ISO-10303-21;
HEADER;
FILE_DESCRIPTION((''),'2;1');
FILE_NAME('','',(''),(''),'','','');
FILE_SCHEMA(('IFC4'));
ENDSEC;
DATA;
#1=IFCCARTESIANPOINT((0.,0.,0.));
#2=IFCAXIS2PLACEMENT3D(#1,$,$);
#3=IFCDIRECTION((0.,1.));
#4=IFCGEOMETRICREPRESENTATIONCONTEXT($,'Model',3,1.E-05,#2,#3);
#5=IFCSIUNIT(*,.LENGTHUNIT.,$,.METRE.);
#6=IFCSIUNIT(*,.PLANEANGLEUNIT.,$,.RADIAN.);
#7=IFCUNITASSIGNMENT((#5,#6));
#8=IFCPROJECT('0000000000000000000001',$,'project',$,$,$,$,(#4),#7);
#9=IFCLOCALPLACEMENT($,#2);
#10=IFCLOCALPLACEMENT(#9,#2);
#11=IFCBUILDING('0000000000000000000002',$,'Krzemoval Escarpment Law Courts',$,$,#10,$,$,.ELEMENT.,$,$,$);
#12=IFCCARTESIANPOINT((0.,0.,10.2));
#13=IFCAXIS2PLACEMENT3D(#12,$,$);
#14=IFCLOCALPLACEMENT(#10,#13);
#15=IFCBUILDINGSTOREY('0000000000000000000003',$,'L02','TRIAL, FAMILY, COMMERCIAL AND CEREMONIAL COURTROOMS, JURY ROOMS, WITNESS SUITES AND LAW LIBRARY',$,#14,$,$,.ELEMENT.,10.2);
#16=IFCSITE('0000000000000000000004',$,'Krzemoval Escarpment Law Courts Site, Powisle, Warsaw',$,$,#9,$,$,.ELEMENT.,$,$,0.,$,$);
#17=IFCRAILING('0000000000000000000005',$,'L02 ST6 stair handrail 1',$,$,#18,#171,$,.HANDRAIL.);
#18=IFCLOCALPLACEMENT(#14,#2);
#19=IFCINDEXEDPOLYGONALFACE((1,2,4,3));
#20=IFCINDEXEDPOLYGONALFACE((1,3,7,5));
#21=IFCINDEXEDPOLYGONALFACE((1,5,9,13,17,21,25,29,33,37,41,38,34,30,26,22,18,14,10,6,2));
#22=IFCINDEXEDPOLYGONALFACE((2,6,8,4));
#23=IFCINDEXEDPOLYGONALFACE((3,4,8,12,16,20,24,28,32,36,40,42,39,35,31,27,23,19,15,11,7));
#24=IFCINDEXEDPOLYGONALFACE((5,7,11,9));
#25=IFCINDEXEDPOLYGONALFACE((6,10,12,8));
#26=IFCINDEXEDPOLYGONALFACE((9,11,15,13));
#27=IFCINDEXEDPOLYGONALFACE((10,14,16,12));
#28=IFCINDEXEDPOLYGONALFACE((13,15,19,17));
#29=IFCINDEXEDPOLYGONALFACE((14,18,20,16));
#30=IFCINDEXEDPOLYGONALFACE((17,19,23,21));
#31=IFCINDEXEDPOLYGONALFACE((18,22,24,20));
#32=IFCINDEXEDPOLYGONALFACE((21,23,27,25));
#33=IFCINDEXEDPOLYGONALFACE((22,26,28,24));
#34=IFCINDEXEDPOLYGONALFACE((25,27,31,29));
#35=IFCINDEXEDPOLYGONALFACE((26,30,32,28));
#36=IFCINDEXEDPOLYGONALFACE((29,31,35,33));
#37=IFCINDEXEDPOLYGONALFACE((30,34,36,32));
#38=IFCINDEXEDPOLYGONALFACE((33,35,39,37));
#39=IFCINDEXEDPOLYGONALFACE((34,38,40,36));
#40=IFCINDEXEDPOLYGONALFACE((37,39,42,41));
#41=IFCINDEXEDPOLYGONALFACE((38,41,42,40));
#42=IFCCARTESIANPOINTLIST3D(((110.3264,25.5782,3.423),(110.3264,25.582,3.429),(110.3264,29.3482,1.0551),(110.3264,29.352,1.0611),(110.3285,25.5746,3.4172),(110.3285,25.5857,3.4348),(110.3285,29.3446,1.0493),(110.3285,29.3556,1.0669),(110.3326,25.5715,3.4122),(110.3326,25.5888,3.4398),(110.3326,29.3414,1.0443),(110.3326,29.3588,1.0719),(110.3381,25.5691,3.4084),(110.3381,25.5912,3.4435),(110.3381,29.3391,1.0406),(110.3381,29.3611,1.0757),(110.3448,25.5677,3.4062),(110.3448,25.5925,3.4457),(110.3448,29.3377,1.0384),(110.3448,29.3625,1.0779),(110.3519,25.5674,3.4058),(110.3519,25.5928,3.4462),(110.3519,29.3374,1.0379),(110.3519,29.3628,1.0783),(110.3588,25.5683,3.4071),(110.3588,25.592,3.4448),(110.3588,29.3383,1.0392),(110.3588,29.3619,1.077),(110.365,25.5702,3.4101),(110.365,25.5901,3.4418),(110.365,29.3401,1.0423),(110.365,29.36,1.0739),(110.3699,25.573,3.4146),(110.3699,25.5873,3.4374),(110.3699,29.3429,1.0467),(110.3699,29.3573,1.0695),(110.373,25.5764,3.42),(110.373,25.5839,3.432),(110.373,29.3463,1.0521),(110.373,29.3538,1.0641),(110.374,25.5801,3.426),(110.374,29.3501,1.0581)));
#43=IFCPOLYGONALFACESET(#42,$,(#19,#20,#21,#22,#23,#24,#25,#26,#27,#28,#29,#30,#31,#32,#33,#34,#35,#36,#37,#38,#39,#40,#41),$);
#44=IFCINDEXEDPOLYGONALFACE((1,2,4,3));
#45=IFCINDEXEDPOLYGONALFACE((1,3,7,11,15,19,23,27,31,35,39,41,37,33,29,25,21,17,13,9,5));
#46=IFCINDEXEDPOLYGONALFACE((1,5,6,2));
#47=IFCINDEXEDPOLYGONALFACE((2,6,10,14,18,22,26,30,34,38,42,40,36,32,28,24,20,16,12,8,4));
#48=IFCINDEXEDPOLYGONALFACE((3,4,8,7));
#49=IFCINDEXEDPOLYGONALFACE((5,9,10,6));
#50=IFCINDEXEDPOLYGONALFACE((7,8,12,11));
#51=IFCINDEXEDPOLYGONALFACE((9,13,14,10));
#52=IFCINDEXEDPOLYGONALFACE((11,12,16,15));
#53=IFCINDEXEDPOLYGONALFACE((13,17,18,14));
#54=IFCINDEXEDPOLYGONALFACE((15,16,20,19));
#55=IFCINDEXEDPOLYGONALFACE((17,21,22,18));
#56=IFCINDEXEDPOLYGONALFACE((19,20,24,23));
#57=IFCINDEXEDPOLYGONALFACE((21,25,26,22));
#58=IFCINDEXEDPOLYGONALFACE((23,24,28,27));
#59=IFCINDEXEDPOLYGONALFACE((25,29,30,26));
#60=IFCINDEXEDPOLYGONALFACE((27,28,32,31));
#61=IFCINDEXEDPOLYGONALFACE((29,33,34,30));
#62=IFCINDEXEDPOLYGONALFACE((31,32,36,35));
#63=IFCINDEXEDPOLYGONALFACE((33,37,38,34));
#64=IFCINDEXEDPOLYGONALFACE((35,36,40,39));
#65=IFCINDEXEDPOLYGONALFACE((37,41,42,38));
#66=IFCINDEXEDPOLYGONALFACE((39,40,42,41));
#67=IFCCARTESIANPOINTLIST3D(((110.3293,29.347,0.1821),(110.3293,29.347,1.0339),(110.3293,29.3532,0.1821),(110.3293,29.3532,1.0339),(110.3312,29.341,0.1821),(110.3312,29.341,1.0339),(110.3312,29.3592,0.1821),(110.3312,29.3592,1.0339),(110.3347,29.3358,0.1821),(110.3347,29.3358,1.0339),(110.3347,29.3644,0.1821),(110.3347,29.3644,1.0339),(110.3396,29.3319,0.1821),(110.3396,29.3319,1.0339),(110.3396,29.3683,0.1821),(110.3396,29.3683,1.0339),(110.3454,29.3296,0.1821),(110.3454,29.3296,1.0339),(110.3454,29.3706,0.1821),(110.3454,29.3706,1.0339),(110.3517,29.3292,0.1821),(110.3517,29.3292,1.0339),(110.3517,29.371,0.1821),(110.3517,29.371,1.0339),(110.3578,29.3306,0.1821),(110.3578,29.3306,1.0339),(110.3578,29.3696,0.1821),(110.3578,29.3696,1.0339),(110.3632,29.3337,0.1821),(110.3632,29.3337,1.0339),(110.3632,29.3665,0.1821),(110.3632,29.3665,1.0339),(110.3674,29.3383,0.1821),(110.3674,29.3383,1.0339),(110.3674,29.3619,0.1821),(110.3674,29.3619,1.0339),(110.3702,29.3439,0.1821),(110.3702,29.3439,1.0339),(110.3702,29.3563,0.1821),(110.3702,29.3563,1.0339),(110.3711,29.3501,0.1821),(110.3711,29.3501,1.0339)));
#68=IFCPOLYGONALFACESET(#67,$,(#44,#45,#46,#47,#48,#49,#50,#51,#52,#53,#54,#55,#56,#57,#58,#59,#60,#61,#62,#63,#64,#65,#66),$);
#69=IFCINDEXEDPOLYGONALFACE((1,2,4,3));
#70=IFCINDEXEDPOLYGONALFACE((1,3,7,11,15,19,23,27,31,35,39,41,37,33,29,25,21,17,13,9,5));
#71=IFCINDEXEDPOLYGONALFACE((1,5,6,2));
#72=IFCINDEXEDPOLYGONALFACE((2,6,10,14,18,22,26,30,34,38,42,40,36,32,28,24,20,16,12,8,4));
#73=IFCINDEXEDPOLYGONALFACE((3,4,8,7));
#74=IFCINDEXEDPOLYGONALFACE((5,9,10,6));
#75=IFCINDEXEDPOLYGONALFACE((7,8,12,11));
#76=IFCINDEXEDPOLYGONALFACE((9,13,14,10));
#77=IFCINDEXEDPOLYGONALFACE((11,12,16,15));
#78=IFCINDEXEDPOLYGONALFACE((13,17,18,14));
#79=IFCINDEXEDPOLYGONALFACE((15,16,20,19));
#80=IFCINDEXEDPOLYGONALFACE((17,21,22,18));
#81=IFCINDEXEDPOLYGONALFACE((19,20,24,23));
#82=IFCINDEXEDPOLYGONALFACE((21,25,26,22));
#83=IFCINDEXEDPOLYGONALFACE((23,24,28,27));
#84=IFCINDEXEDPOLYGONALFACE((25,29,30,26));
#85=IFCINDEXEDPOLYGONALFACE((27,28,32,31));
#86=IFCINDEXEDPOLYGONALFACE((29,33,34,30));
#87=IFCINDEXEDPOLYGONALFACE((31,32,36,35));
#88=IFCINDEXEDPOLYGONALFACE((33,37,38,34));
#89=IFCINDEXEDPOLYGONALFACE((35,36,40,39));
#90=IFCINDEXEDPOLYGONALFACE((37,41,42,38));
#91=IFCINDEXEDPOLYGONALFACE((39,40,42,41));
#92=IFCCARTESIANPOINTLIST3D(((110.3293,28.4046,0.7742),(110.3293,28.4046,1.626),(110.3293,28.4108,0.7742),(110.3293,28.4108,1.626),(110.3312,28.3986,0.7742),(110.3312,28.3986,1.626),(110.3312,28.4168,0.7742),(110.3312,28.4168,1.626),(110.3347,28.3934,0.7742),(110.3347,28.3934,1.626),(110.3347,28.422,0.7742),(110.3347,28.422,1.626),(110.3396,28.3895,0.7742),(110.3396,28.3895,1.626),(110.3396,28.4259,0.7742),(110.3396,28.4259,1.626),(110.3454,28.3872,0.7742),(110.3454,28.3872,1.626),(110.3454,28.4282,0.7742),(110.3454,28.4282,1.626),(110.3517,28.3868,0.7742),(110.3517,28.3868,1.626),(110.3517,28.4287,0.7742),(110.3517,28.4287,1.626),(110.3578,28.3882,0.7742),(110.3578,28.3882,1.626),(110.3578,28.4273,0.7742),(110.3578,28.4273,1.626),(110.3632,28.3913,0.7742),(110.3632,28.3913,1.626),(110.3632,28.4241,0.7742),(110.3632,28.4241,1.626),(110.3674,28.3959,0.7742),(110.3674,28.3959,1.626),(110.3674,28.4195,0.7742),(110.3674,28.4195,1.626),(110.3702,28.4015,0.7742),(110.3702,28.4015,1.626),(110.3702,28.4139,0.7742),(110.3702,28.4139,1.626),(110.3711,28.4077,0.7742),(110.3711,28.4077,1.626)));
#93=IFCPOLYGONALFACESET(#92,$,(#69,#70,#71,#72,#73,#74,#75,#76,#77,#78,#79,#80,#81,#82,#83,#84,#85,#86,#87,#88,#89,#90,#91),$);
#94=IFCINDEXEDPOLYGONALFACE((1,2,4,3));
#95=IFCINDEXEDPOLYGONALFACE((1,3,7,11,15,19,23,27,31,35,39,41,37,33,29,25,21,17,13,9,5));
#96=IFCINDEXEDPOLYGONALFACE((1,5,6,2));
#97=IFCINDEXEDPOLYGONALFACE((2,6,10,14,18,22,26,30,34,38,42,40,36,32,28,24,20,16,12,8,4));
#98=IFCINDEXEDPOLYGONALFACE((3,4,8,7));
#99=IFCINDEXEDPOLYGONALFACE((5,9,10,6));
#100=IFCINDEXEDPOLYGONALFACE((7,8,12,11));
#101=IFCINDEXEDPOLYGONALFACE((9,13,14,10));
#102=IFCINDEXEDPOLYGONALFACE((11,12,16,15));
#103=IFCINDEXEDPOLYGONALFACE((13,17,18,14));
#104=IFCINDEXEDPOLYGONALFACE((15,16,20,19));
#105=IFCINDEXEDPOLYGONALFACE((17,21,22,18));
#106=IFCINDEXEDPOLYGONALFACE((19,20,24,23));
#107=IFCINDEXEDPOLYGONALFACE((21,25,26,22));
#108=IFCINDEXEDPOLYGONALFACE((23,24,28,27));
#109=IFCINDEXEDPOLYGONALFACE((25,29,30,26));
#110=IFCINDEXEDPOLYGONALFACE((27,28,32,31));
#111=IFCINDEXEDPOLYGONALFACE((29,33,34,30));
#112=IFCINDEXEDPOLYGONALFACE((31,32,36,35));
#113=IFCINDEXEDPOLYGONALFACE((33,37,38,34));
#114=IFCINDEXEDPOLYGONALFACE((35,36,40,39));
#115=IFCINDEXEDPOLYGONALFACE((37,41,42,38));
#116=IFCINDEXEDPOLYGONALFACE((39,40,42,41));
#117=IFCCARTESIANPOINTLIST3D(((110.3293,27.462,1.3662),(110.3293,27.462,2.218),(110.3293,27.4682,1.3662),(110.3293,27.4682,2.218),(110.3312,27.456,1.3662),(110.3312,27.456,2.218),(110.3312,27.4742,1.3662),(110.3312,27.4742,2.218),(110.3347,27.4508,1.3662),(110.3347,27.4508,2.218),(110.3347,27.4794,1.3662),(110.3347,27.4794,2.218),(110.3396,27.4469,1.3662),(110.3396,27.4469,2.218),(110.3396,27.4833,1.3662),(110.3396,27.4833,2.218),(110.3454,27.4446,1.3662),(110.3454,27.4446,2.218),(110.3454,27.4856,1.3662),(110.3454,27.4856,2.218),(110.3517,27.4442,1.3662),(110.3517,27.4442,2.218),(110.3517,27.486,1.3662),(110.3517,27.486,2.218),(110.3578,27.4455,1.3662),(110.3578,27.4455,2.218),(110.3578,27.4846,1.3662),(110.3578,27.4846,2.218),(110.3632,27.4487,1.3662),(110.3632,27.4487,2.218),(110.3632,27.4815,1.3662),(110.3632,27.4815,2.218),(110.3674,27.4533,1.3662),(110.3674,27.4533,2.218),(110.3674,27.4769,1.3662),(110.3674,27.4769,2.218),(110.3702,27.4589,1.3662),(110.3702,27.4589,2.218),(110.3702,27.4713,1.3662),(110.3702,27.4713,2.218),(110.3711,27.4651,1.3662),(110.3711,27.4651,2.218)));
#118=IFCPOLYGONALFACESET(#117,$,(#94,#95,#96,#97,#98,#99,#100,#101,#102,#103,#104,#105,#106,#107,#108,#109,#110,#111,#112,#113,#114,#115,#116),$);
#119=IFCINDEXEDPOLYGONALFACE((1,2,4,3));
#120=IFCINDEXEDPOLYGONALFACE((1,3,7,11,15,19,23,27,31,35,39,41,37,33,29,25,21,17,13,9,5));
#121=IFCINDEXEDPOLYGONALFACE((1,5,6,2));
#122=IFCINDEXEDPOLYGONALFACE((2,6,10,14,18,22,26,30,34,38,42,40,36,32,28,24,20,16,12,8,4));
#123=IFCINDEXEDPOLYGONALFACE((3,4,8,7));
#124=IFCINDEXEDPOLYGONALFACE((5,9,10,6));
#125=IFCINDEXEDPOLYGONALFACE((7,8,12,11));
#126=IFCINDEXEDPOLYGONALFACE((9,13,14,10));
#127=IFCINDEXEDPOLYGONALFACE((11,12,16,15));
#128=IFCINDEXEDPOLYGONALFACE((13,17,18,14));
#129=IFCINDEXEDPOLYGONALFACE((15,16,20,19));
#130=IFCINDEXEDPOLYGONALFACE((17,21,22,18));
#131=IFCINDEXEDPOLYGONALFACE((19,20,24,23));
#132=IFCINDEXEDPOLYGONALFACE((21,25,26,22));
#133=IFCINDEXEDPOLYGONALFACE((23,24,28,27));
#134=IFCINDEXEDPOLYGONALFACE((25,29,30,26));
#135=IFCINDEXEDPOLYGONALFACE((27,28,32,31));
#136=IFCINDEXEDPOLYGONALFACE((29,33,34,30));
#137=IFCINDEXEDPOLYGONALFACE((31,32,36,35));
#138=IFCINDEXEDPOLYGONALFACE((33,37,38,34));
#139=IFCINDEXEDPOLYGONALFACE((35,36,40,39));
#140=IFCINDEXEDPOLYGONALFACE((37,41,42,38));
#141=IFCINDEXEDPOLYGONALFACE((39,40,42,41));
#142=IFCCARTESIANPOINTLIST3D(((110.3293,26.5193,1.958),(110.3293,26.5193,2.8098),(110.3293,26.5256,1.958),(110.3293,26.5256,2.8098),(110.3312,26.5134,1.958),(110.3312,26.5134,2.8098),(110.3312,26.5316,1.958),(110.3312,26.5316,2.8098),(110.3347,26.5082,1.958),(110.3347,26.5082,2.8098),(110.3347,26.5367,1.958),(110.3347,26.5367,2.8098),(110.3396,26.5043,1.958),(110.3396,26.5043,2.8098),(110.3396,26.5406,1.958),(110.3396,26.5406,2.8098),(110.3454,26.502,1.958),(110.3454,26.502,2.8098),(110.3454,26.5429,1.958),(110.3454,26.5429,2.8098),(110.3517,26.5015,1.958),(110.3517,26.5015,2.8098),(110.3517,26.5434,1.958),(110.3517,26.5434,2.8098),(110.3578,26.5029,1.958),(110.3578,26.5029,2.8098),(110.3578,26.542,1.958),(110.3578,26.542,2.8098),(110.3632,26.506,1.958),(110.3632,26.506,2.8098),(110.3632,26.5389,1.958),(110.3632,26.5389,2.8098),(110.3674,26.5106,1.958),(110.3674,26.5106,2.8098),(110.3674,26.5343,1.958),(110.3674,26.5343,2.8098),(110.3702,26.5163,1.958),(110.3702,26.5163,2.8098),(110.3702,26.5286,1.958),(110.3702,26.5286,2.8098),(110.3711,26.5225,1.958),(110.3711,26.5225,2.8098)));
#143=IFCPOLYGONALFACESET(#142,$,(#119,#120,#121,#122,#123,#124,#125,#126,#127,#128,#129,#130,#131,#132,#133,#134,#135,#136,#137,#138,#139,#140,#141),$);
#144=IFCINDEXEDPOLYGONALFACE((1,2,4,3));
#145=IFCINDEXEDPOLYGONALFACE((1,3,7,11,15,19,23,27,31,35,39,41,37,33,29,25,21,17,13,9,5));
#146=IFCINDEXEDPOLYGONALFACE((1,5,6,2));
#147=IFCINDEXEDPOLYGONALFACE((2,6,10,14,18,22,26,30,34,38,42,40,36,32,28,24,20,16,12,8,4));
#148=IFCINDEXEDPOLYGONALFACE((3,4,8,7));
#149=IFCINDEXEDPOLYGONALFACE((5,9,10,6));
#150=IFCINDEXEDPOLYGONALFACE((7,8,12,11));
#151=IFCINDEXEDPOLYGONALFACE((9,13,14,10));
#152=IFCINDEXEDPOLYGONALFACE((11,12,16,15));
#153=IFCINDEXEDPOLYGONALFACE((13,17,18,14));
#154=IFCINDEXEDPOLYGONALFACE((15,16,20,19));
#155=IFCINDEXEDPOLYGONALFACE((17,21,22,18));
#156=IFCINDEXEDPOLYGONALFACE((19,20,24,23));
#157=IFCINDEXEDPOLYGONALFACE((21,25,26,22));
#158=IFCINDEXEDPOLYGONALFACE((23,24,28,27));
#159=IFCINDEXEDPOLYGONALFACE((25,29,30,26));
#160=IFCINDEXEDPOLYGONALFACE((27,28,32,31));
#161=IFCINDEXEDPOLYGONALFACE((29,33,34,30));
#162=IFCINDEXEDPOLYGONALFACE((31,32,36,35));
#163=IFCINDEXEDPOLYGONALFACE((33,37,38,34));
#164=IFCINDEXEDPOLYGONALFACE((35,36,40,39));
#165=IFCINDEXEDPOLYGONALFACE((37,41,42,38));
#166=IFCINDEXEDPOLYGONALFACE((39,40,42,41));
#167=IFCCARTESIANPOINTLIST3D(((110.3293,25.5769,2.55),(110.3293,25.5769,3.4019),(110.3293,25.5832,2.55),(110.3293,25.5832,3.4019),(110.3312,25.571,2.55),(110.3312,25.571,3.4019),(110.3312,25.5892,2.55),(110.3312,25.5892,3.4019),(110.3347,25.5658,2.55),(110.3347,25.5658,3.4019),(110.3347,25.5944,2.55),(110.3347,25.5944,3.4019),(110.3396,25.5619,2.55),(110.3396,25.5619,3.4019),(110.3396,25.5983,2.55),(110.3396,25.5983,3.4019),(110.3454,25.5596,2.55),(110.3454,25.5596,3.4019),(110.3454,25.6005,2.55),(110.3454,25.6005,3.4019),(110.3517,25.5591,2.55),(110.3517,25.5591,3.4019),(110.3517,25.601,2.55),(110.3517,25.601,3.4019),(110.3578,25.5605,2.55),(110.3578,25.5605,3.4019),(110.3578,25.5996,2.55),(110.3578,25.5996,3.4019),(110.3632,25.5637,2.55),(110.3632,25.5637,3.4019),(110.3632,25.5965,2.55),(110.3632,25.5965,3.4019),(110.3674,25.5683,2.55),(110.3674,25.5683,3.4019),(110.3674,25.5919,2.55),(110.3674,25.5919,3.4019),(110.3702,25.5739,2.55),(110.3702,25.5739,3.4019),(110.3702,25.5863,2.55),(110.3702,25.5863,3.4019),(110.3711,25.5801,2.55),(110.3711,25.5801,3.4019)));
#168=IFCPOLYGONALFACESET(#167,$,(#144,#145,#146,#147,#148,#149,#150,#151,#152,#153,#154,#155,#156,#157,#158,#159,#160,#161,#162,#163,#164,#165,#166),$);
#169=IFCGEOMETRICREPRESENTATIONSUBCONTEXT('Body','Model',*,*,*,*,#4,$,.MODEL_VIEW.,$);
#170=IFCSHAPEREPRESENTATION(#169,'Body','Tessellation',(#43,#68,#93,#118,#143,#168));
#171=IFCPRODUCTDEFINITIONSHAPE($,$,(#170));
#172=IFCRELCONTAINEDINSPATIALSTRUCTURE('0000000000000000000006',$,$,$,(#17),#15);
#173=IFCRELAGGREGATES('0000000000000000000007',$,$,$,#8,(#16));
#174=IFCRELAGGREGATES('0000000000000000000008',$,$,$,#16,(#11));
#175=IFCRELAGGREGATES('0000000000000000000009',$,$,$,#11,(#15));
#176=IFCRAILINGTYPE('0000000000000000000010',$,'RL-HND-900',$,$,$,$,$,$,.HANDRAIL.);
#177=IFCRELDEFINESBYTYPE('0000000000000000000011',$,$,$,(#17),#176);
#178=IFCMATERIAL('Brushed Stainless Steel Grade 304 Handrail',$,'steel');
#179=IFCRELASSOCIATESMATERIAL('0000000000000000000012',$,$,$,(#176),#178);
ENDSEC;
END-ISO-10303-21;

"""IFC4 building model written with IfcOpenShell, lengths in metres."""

from ifc_helpers import new_model, si_unit, direction, frame, origin, origin_2d, place, context, subcontext, project, spatial, circle, extrude, material, type_object, element, save


model = new_model("IFC4")

# Units and contexts
model_context = context("Model", 3, precision=1e-05, world=origin(), true_north=direction((0.0, 1.0)))
body_context = subcontext(model_context, "Body", "Model", "MODEL_VIEW")
ifc_project = project(units=[si_unit("LENGTHUNIT", "METRE"), si_unit("PLANEANGLEUNIT", "RADIAN")], contexts=[model_context])

# Site, building, storey
site_placement = place(None, origin())
site = spatial("IfcSite", under=ifc_project, at=site_placement, Name="Krzemoval Escarpment Law Courts Site, Powisle, Warsaw", CompositionType="ELEMENT", RefElevation=0.0)
building_placement = place(site_placement, origin())
building = spatial("IfcBuilding", under=site, at=building_placement, Name="Krzemoval Escarpment Law Courts", CompositionType="ELEMENT")
storey_placement = place(building_placement, frame((0.0, 0.0, 10.2)))
storey = spatial("IfcBuildingStorey", under=building, at=storey_placement, Name="L02", Description="TRIAL, FAMILY, COMMERCIAL AND CEREMONIAL COURTROOMS, JURY ROOMS, WITNESS SUITES AND LAW LIBRARY", CompositionType="ELEMENT", Elevation=10.2)

# Railing
ifc_material_1 = material(Name="Brushed Stainless Steel Grade 304 Handrail", Category="steel")
railing_type = type_object("IfcRailingType", Name="RL-HND-900", PredefinedType="HANDRAIL", material=ifc_material_1)
railing_placement = place(storey_placement, frame((110.3501, 29.3501, 0.1821)))
element("IfcRailing", 1, at=railing_placement, inside=storey, type_object=railing_type, Name="L02 ST6 stair handrail 1", PredefinedType="HANDRAIL", context=body_context, shape_type="SweptSolid", body=[
    extrude(circle(Radius=0.0239, at=origin_2d()), frame((0.0, 0.0, 0.876), z_axis=(0.0, -0.846819, 0.531881), x_axis=(1.0, 0.0, 0.0)), (0.0, 0.0, 1.0), 4.4519),
    extrude(circle(Radius=0.021, at=origin_2d()), origin(), (0.0, 0.0, 1.0), 0.8518),
    extrude(circle(Radius=0.021, at=origin_2d()), frame((0.0, -0.9424, 0.592)), (0.0, 0.0, 1.0), 0.8518),
    extrude(circle(Radius=0.021, at=origin_2d()), frame((0.0, -1.885, 1.1841)), (0.0, 0.0, 1.0), 0.8518),
    extrude(circle(Radius=0.021, at=origin_2d()), frame((0.0, -2.8276, 1.7759)), (0.0, 0.0, 1.0), 0.8518),
    extrude(circle(Radius=0.021, at=origin_2d()), frame((0.0, -3.77, 2.3679)), (0.0, 0.0, 1.0), 0.8518),
])

save(model, "model.ifc")
